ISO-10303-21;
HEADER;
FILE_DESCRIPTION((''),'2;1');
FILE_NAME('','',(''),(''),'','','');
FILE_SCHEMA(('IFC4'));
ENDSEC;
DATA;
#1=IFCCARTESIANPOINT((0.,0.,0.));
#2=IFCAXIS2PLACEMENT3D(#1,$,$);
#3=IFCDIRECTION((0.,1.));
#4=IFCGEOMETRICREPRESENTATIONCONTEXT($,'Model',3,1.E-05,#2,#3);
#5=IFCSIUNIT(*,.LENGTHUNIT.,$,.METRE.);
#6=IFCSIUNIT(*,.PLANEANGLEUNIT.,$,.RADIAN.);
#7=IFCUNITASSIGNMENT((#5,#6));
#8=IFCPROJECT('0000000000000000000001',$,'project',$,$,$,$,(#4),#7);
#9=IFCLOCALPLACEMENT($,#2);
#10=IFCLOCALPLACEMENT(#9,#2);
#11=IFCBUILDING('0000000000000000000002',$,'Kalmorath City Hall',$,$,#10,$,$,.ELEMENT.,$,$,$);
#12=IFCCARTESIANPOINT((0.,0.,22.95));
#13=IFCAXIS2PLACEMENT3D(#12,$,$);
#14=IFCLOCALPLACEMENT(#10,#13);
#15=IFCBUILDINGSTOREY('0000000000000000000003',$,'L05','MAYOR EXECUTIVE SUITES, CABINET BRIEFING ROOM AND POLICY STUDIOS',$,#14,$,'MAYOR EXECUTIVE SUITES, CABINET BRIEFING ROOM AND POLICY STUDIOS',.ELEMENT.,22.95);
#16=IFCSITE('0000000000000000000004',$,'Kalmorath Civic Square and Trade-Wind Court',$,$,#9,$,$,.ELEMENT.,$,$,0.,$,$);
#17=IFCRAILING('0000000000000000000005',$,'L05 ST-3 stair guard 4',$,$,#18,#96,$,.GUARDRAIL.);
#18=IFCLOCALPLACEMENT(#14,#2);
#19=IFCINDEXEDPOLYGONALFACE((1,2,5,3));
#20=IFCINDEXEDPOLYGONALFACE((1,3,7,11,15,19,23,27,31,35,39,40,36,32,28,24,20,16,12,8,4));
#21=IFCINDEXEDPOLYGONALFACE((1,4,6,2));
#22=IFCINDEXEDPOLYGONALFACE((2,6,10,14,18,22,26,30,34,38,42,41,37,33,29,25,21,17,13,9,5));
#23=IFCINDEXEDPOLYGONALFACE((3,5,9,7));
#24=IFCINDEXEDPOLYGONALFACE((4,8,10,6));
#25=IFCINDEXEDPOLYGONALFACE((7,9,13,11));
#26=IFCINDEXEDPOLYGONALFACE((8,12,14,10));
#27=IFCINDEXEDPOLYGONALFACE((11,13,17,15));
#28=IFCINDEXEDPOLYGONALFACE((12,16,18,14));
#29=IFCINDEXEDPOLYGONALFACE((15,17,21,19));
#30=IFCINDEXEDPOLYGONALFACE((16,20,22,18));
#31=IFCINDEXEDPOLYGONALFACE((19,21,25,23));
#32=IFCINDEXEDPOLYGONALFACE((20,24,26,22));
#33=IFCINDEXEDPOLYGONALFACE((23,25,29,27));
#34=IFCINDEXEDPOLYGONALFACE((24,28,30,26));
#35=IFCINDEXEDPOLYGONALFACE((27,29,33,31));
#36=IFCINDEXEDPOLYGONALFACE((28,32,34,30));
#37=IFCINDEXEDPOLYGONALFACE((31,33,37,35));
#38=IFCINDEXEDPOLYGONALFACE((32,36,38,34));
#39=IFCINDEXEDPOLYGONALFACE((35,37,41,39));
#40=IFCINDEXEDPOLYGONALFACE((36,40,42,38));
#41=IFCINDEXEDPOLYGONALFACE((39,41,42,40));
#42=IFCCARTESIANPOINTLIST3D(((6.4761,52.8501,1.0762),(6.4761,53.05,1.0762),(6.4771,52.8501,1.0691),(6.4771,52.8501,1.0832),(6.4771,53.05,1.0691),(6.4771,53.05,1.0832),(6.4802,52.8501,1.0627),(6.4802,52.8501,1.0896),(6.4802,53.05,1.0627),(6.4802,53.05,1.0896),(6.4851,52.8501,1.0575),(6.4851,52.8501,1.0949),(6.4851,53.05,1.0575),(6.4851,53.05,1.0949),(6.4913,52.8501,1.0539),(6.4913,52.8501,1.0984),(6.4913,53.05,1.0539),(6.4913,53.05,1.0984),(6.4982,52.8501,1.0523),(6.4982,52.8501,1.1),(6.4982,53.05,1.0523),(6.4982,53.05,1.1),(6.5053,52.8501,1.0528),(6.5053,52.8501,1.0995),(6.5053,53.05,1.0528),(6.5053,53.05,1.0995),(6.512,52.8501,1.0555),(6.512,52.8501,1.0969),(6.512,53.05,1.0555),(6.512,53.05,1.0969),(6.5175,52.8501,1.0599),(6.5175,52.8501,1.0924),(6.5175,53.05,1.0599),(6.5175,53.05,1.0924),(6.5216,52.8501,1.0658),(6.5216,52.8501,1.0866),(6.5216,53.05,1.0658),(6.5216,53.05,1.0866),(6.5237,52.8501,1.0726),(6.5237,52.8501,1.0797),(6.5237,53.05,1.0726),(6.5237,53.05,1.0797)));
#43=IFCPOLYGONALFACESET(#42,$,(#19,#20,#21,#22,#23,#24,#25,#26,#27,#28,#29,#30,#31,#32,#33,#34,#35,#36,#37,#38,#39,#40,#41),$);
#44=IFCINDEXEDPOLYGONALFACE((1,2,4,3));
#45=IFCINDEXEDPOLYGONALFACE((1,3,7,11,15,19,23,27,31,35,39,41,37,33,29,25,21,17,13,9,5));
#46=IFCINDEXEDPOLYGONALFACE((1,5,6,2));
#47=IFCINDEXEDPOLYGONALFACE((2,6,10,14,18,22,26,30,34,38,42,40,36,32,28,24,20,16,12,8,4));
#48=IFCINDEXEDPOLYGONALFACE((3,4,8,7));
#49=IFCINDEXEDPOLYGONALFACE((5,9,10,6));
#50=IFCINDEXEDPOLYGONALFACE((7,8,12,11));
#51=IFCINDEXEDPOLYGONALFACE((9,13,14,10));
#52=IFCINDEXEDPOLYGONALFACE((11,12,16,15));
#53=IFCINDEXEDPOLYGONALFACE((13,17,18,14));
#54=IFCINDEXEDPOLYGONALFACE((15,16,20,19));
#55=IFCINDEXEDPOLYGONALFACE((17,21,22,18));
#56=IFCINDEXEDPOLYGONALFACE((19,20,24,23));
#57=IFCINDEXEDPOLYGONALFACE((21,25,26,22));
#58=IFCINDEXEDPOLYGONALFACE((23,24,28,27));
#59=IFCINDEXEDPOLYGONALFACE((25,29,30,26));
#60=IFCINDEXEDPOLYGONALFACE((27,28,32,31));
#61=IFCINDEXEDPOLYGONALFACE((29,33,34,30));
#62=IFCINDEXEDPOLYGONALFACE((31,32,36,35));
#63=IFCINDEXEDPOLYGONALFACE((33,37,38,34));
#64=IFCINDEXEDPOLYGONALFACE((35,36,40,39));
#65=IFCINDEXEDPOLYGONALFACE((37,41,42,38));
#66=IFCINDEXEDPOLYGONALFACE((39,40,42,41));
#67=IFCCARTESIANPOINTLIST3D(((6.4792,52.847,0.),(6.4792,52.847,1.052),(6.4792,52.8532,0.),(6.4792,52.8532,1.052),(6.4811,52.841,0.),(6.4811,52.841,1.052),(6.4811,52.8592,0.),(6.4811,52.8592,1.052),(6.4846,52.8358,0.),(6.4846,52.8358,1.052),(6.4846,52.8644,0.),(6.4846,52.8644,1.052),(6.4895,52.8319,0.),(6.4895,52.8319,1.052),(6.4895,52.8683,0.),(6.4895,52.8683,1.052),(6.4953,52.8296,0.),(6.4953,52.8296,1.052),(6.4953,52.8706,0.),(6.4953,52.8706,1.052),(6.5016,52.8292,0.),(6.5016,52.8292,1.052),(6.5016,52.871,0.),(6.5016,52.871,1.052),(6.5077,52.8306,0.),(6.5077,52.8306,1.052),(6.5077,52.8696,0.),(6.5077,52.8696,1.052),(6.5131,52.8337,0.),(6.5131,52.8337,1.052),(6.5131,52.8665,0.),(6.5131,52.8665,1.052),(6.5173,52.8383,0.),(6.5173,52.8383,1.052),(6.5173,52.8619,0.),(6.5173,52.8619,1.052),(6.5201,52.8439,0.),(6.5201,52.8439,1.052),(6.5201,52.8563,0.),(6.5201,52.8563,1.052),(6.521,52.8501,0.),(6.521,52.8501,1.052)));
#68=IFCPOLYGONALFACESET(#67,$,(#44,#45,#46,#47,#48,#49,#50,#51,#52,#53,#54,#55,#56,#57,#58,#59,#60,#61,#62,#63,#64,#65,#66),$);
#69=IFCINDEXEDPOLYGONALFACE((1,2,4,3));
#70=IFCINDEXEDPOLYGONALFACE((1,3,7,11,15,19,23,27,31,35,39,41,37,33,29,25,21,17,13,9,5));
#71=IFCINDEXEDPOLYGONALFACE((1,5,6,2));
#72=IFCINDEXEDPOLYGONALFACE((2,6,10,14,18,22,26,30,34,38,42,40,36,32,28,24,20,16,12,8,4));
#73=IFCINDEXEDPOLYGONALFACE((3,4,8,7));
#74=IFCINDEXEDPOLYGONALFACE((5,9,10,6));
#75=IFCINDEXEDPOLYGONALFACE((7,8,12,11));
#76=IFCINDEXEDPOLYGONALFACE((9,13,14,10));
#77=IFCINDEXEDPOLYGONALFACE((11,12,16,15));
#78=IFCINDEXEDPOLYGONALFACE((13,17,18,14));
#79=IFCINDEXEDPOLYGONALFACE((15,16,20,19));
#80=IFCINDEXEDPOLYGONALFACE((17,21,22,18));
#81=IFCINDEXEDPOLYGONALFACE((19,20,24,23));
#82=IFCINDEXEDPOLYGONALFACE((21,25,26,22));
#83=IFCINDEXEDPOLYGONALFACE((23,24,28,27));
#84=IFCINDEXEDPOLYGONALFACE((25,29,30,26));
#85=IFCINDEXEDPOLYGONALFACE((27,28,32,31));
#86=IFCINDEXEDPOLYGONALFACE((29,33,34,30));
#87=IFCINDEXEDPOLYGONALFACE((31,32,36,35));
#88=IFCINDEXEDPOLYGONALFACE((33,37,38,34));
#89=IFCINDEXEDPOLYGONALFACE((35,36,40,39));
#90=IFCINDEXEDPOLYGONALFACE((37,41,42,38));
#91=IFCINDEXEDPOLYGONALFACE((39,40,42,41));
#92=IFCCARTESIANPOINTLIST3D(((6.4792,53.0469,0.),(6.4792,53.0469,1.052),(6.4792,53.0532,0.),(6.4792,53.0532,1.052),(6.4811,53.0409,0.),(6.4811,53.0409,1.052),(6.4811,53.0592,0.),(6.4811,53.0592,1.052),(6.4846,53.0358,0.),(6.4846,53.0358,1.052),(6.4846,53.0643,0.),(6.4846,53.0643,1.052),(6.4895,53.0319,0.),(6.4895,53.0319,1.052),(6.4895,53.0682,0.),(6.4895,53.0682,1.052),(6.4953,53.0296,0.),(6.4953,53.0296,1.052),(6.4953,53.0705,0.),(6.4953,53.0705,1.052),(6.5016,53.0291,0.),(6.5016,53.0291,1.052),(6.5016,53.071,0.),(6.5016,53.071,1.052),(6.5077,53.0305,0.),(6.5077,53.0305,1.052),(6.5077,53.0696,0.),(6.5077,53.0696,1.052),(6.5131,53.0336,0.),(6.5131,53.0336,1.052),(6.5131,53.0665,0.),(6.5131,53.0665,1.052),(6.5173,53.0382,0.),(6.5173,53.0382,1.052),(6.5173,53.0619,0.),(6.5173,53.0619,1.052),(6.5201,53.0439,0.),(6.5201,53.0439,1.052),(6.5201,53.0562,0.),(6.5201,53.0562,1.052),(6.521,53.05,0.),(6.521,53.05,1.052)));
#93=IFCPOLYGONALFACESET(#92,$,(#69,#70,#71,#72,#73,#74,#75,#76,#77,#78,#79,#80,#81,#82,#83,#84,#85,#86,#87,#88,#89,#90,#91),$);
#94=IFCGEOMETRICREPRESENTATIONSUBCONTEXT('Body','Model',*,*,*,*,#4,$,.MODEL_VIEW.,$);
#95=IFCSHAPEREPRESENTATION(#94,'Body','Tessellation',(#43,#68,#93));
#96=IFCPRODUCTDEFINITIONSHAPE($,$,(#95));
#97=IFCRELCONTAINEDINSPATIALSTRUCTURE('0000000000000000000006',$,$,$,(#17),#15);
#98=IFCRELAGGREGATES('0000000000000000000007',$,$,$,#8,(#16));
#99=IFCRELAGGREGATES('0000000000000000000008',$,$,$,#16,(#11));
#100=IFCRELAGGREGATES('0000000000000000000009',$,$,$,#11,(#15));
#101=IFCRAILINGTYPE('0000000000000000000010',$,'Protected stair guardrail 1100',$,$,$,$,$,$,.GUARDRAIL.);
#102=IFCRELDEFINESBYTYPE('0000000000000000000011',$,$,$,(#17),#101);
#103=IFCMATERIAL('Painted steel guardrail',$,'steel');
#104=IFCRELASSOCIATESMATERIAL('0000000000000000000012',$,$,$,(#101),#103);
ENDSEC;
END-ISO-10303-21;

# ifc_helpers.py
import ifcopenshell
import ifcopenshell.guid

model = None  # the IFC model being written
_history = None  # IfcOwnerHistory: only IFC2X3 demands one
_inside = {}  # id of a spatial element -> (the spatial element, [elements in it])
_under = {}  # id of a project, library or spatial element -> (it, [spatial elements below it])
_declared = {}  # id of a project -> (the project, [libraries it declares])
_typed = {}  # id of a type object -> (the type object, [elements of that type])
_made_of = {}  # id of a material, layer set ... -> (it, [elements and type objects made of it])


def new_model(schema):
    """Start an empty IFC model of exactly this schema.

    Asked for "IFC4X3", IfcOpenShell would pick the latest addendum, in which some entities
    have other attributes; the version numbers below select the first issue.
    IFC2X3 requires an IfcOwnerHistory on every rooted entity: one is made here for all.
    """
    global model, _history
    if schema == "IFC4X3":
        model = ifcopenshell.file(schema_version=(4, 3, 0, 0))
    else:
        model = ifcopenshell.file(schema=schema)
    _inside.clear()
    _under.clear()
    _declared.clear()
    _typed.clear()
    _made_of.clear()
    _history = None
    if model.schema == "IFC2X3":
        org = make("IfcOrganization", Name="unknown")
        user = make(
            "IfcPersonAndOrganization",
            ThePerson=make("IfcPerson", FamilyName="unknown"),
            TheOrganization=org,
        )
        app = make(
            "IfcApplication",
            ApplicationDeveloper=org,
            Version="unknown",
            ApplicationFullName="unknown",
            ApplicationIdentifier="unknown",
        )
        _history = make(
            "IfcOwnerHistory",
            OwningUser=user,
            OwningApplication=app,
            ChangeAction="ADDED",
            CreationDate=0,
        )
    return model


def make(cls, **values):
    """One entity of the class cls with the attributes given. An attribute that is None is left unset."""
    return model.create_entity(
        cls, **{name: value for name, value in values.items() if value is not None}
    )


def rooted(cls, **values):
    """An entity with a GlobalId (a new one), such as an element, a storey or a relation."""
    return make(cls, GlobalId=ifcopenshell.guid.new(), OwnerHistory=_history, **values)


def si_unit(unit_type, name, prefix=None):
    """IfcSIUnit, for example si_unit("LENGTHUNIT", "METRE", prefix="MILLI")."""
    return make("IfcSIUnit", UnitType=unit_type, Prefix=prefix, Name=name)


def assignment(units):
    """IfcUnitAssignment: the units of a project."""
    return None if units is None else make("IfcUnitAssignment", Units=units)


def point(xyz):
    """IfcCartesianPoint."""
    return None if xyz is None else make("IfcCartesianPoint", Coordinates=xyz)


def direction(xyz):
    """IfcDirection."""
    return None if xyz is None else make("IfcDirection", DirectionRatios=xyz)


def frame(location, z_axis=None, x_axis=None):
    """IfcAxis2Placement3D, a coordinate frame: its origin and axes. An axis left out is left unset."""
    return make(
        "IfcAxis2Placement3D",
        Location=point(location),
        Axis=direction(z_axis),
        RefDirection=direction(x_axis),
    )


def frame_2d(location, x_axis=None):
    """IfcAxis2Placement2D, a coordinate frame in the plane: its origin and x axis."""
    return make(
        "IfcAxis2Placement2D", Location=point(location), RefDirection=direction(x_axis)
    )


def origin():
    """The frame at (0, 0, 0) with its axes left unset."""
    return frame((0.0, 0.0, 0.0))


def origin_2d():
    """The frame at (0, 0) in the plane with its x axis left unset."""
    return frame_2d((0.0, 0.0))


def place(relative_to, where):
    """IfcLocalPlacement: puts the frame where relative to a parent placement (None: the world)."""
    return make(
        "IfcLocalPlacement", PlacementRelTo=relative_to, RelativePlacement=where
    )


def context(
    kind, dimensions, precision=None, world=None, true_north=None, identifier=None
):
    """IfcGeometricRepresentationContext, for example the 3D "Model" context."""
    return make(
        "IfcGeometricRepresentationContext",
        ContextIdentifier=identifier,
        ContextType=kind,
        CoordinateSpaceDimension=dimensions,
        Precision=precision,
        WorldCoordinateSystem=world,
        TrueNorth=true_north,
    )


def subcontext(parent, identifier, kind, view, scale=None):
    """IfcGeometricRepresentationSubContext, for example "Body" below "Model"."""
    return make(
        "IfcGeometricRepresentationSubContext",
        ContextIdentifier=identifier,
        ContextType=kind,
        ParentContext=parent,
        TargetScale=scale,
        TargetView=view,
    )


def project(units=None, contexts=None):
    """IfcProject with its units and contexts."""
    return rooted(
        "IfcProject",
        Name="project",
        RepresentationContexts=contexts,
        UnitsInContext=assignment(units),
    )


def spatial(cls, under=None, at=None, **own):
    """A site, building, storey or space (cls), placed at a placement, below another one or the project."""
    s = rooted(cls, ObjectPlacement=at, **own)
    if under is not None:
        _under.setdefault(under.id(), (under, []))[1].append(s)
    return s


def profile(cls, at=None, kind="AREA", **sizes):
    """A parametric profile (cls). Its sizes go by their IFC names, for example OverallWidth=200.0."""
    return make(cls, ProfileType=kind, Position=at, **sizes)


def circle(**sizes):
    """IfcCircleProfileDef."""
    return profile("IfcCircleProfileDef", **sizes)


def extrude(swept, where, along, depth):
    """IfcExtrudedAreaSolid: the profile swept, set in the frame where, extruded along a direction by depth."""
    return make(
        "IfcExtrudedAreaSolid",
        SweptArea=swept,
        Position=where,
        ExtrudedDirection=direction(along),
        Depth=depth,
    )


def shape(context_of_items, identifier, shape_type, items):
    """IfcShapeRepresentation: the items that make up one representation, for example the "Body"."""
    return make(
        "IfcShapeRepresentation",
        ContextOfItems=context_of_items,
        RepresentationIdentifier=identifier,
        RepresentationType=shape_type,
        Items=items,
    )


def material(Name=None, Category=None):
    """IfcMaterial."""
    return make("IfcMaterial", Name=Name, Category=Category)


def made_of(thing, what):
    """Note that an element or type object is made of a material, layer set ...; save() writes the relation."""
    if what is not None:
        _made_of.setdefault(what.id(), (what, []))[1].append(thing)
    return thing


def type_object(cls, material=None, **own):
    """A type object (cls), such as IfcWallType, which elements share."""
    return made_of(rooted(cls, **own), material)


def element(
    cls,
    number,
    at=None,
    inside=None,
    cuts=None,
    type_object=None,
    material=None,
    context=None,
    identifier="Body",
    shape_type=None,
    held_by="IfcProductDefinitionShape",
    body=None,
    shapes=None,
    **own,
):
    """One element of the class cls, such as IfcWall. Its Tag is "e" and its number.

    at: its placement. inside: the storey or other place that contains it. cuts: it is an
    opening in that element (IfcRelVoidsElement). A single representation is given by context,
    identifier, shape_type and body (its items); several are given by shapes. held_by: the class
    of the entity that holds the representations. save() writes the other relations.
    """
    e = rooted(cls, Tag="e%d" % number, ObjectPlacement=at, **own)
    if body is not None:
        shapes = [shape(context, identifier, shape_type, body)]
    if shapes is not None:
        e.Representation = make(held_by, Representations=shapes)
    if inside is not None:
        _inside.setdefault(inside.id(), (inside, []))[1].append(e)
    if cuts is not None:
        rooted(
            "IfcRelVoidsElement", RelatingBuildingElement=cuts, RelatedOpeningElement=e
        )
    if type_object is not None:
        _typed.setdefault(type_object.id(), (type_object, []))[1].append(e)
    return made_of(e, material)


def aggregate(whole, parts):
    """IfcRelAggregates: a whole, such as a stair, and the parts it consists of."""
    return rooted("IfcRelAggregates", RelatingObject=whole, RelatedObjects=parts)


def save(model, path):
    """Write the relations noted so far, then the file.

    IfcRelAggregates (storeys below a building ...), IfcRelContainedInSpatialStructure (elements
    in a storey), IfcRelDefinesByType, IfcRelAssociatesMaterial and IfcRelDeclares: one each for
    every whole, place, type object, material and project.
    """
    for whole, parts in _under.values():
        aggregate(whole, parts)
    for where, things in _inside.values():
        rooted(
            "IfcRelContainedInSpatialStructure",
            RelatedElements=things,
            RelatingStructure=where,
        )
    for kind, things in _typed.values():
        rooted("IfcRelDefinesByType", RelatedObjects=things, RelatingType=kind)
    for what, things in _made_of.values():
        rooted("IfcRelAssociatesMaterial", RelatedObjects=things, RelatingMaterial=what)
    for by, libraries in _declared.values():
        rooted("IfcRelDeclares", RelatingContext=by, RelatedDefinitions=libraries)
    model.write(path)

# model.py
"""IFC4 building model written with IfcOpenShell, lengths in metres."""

from ifc_helpers import new_model, si_unit, direction, frame, origin, origin_2d, place, context, subcontext, project, spatial, circle, extrude, material, type_object, element, save


model = new_model("IFC4")

# Units and contexts
model_context = context("Model", 3, precision=1e-05, world=origin(), true_north=direction((0.0, 1.0)))
body_context = subcontext(model_context, "Body", "Model", "MODEL_VIEW")
ifc_project = project(units=[si_unit("LENGTHUNIT", "METRE"), si_unit("PLANEANGLEUNIT", "RADIAN")], contexts=[model_context])

# Site, building, storey
site_placement = place(None, origin())
site = spatial("IfcSite", under=ifc_project, at=site_placement, Name="Kalmorath Civic Square and Trade-Wind Court", CompositionType="ELEMENT", RefElevation=0.0)
building_placement = place(site_placement, origin())
building = spatial("IfcBuilding", under=site, at=building_placement, Name="Kalmorath City Hall", CompositionType="ELEMENT")
storey_placement = place(building_placement, frame((0.0, 0.0, 22.95)))
storey = spatial("IfcBuildingStorey", under=building, at=storey_placement, Name="L05", Description="MAYOR EXECUTIVE SUITES, CABINET BRIEFING ROOM AND POLICY STUDIOS", LongName="MAYOR EXECUTIVE SUITES, CABINET BRIEFING ROOM AND POLICY STUDIOS", CompositionType="ELEMENT", Elevation=22.95)

# Railing
ifc_material_1 = material(Name="Painted steel guardrail", Category="steel")
railing_type_1 = type_object("IfcRailingType", Name="Protected stair guardrail 1100", PredefinedType="GUARDRAIL", material=ifc_material_1)
railing_1_placement = place(storey_placement, frame((6.5, 52.8501, 0.0)))
element("IfcRailing", 1, at=railing_1_placement, inside=storey, type_object=railing_type_1, Name="L05 ST-3 stair guard 4", PredefinedType="GUARDRAIL", context=body_context, shape_type="SweptSolid", body=[
    extrude(circle(Radius=0.0239, at=origin_2d()), frame((0.0, 0.0, 1.0762), z_axis=(0.0, 1.0, 0.0), x_axis=(-1.0, 0.0, 0.0)), (0.0, 0.0, 1.0), 0.2),
    extrude(circle(Radius=0.021, at=origin_2d()), origin(), (0.0, 0.0, 1.0), 1.052),
    extrude(circle(Radius=0.021, at=origin_2d()), frame((0.0, 0.2, 0.0)), (0.0, 0.0, 1.0), 1.052),
])

save(model, "model.ifc")
